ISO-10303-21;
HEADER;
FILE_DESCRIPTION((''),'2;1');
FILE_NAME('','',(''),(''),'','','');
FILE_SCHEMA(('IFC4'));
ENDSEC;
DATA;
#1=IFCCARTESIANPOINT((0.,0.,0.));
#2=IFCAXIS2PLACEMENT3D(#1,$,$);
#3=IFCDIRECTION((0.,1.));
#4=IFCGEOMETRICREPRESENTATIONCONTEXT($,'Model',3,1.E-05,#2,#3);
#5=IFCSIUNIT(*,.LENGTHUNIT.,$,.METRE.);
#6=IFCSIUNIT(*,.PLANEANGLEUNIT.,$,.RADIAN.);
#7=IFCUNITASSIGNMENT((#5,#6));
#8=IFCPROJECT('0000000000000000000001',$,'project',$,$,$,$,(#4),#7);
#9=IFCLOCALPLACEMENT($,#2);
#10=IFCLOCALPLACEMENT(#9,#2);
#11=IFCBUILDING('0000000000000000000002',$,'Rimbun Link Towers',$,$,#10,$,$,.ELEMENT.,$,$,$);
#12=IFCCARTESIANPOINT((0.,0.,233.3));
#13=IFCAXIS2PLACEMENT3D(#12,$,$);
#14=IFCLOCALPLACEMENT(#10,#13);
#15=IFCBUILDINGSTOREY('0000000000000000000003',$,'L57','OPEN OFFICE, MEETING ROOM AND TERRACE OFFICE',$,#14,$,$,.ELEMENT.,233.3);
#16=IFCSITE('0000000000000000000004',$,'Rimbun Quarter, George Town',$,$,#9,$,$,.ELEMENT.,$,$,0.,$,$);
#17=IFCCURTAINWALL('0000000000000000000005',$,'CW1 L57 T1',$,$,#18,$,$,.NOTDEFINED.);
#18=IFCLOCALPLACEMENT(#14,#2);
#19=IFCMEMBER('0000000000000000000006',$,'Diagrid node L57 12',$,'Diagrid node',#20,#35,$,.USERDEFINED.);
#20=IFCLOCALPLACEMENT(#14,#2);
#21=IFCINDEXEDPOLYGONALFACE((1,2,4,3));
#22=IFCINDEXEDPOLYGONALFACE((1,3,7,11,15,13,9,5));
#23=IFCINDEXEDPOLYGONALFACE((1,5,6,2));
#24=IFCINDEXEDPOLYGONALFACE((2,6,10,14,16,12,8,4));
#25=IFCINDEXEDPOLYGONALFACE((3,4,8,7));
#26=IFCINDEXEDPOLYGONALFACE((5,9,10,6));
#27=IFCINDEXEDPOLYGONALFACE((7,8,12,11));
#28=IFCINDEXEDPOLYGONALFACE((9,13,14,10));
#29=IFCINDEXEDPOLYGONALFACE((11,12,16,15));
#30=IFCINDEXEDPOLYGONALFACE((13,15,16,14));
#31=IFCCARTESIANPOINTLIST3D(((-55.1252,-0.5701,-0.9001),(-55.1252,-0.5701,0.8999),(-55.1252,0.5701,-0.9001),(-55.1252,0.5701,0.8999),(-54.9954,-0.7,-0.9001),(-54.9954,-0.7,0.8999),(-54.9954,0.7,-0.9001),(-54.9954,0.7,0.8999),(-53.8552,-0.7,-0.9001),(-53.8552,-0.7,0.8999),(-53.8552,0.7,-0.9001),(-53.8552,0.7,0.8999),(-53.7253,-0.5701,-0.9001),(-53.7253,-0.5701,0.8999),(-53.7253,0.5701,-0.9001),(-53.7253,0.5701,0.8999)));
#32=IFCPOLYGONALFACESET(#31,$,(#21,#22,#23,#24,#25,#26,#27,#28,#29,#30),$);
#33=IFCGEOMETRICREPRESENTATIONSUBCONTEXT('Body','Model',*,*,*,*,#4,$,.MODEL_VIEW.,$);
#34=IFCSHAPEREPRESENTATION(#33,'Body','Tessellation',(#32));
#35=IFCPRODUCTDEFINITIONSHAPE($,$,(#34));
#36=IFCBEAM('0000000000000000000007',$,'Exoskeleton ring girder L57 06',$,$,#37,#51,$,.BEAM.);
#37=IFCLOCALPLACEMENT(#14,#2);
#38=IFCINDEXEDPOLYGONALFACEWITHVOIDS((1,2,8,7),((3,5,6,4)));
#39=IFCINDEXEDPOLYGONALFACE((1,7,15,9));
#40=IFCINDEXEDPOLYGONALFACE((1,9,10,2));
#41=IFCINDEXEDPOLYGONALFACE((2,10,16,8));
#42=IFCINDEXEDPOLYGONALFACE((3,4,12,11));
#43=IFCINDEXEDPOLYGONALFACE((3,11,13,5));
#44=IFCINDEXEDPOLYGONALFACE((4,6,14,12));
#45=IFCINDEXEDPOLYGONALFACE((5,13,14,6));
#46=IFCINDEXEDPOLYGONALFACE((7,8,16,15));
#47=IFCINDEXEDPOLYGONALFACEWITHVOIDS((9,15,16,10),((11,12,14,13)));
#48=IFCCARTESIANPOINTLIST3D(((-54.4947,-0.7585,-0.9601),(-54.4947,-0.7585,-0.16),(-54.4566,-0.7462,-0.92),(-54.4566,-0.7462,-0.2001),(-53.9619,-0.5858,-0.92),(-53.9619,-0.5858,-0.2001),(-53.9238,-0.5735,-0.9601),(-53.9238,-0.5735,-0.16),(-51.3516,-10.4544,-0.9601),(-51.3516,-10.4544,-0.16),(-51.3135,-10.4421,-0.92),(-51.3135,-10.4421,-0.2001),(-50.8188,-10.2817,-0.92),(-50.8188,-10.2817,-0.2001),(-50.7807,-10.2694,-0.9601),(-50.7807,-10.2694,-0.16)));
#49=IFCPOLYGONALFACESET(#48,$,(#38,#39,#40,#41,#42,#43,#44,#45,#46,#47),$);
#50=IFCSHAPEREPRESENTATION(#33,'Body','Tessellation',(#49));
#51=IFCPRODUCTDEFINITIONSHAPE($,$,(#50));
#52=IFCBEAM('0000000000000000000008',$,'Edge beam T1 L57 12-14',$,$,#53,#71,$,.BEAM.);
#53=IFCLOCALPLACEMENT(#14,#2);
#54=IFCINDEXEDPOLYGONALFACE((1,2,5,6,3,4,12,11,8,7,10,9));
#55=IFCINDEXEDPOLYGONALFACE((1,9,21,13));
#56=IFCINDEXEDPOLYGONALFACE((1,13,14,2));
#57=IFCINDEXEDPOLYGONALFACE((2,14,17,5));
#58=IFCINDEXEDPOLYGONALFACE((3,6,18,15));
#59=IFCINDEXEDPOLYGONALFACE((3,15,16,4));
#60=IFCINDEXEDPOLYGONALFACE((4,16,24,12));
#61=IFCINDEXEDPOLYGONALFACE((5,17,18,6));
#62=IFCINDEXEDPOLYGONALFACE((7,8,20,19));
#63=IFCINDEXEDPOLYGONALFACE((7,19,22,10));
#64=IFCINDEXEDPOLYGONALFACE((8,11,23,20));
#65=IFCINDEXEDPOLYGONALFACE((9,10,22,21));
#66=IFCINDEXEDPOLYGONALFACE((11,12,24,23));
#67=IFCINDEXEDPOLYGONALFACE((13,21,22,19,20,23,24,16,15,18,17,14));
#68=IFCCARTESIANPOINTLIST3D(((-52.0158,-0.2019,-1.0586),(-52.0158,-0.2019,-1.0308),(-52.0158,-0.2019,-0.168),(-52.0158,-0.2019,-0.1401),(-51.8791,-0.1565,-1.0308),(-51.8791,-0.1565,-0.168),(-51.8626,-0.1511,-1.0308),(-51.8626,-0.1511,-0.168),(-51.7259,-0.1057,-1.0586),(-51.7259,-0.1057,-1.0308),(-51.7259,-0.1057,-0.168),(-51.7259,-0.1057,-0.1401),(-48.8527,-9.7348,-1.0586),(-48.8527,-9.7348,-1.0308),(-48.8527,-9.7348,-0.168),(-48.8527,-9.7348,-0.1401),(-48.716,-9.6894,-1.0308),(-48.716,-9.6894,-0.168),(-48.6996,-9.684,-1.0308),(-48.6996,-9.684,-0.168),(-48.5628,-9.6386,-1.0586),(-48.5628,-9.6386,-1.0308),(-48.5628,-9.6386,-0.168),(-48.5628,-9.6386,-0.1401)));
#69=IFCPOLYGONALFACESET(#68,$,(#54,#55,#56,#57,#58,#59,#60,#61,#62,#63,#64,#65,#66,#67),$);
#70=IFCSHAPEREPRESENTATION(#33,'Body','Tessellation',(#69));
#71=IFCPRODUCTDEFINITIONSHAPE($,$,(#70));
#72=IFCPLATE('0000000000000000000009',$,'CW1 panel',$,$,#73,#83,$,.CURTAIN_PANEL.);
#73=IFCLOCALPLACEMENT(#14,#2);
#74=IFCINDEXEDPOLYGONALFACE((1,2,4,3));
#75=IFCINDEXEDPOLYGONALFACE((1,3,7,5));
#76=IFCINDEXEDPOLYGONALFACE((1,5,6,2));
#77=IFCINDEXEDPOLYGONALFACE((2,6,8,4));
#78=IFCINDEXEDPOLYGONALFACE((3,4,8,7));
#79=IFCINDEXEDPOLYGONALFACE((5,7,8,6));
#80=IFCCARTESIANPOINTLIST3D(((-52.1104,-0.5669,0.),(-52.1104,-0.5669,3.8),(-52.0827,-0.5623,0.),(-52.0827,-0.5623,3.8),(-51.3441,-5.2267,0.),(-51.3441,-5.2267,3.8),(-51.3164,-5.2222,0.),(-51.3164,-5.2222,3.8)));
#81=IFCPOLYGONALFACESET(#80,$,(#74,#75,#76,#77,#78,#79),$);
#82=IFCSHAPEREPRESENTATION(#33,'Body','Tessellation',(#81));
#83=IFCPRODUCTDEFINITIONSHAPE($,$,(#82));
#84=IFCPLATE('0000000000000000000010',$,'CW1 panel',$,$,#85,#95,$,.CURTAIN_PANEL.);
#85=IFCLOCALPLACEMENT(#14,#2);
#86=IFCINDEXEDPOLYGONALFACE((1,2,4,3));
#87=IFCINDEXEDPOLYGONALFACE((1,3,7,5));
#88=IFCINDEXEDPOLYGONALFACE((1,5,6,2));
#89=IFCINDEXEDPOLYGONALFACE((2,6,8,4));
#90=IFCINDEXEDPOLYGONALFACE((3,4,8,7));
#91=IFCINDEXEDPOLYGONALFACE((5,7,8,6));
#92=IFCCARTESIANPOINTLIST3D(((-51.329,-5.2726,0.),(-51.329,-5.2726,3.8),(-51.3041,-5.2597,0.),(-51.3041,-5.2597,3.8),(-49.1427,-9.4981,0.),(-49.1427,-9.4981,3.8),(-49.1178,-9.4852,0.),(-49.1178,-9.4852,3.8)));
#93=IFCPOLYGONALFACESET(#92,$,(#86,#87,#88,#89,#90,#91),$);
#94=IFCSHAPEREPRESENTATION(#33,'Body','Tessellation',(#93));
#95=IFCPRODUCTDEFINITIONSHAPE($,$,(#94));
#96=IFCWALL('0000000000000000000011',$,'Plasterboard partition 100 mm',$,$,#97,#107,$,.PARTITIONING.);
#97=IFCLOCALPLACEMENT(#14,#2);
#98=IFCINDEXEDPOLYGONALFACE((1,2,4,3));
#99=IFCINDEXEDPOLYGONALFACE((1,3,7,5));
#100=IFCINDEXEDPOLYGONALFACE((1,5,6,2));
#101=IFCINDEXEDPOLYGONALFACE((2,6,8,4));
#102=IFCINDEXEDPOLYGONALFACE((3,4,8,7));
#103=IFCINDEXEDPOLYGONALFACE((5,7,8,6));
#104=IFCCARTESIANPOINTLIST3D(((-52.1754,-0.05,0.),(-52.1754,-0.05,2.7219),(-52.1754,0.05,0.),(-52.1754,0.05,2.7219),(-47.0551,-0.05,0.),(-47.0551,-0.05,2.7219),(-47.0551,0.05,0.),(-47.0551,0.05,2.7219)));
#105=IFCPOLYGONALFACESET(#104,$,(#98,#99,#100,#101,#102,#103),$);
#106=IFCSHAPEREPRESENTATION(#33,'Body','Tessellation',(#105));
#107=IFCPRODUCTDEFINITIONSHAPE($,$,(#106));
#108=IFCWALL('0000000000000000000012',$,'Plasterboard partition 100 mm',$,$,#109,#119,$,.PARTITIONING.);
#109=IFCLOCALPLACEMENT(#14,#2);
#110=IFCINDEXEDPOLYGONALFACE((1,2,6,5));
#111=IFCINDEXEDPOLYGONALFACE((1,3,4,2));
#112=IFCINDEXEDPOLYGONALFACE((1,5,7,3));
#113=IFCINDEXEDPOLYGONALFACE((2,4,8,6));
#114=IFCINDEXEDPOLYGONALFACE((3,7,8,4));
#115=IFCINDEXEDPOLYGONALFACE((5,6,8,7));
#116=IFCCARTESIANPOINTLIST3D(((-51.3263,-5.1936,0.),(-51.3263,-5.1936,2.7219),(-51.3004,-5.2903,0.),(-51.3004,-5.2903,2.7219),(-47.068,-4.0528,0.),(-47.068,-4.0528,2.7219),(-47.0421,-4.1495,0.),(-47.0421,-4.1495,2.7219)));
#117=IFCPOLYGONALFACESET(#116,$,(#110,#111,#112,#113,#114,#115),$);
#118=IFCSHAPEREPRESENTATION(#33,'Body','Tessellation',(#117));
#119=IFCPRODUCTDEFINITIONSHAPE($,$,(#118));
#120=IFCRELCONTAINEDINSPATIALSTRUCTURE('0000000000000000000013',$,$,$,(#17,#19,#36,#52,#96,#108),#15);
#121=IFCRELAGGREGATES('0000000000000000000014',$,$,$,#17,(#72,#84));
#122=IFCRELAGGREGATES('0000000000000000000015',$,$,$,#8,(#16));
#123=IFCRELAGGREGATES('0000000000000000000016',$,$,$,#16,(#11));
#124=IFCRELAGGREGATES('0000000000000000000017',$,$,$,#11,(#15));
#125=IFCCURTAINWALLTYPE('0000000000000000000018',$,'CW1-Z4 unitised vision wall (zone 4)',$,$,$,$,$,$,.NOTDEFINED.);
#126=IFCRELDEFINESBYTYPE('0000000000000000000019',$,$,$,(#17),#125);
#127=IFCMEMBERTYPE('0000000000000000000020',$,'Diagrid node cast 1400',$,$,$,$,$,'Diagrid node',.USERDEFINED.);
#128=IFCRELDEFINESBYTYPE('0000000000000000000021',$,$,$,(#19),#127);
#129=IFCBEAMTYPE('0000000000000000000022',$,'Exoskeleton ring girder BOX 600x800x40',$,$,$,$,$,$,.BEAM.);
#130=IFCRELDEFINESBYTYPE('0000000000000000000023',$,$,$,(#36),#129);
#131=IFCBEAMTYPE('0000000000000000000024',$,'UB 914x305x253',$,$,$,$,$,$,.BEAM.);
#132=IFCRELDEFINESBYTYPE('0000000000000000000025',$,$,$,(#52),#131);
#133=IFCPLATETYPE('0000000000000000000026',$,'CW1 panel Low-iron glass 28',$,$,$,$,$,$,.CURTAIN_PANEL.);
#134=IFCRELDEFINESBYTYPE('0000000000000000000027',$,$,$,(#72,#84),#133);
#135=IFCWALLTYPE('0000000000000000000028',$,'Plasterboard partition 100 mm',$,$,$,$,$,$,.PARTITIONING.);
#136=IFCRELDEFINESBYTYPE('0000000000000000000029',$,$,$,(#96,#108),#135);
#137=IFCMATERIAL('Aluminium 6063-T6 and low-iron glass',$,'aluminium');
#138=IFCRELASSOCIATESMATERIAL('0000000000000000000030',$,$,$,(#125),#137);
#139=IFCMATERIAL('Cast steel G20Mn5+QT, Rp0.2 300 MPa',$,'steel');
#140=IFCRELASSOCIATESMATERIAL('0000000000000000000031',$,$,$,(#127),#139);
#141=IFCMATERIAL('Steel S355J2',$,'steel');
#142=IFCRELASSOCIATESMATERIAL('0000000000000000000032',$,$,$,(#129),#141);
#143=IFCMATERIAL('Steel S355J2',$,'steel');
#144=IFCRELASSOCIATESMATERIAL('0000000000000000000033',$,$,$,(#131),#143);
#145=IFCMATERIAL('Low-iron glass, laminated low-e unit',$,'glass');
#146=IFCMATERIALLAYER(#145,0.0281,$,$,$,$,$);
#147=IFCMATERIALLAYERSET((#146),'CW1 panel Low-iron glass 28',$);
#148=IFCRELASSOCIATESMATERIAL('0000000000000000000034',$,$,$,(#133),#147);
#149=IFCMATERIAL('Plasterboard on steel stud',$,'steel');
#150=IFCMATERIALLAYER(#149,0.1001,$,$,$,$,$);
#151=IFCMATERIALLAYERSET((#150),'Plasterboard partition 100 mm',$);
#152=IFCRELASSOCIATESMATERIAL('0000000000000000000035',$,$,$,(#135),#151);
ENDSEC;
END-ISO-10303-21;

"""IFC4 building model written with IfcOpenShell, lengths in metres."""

from ifc_helpers import new_model, si_unit, direction, frame, frame_2d, origin, origin_2d, place, context, subcontext, project, spatial, polyline, rectangle, hollow_rectangle, i_section, outline, extrude, material, layer, layer_set, material_profile, profile_set, type_object, element, aggregate, save


model = new_model("IFC4")

# Units and contexts
model_context = context("Model", 3, precision=1e-05, world=origin(), true_north=direction((0.0, 1.0)))
body_context = subcontext(model_context, "Body", "Model", "MODEL_VIEW")
ifc_project = project(units=[si_unit("LENGTHUNIT", "METRE"), si_unit("PLANEANGLEUNIT", "RADIAN")], contexts=[model_context])

# Site, building, storey
site_placement = place(None, origin())
site = spatial("IfcSite", under=ifc_project, at=site_placement, Name="Rimbun Quarter, George Town", CompositionType="ELEMENT", RefElevation=0.0)
building_placement = place(site_placement, origin())
building = spatial("IfcBuilding", under=site, at=building_placement, Name="Rimbun Link Towers", CompositionType="ELEMENT")
storey_placement = place(building_placement, frame((0.0, 0.0, 233.3)))
storey = spatial("IfcBuildingStorey", under=building, at=storey_placement, Name="L57", Description="OPEN OFFICE, MEETING ROOM AND TERRACE OFFICE", CompositionType="ELEMENT", Elevation=233.3)

# Curtain wall
ifc_material_1 = material(Name="Aluminium 6063-T6 and low-iron glass", Category="aluminium")
curtain_wall_type = type_object("IfcCurtainWallType", Name="CW1-Z4 unitised vision wall (zone 4)", PredefinedType="NOTDEFINED", material=ifc_material_1)
curtain_wall_placement = place(storey_placement, origin())
curtain_wall = element("IfcCurtainWall", 1, at=curtain_wall_placement, inside=storey, type_object=curtain_wall_type, Name="CW1 L57 T1", PredefinedType="NOTDEFINED")

# Member
ifc_material_2 = material(Name="Cast steel G20Mn5+QT, Rp0.2 300 MPa", Category="steel")
ifc_material_profile_1 = material_profile(ifc_material_2, outline(polyline([(0.7, -0.5701), (0.7, 0.5701), (0.5701, 0.7), (-0.5701, 0.7), (-0.7, 0.5701), (-0.7, -0.5701), (-0.5701, -0.7), (0.5701, -0.7), (0.7, -0.5701)])), Name="NODE 1400x1400")
ifc_profile_set_1 = profile_set([ifc_material_profile_1], Name="Cast steel G20Mn5+QT, Rp0.2 300 MPa")
member_type_1 = type_object("IfcMemberType", Name="Diagrid node cast 1400", ElementType="Diagrid node", PredefinedType="USERDEFINED", material=ifc_profile_set_1)
member_1_placement = place(storey_placement, frame((-54.4253, 0.0, -0.9001), z_axis=(0.0, 0.0, 1.0), x_axis=(-1.0, 0.0, 0.0)))
element("IfcMember", 2, at=member_1_placement, inside=storey, type_object=member_type_1, Name="Diagrid node L57 12", ObjectType="Diagrid node", PredefinedType="USERDEFINED", context=body_context, shape_type="SweptSolid", body=[
    extrude(outline(polyline([(0.7, -0.5701), (0.7, 0.5701), (0.5701, 0.7), (-0.5701, 0.7), (-0.7, 0.5701), (-0.7, -0.5701), (-0.5701, -0.7), (0.5701, -0.7), (0.7, -0.5701)])), origin(), (0.0, 0.0, 1.0), 1.8),
])

# Beams
ifc_material_3 = material(Name="Steel S355J2", Category="steel")
ifc_material_profile_2 = material_profile(ifc_material_3, hollow_rectangle(XDim=0.6001, YDim=0.8, WallThickness=0.04, at=origin_2d()), Name="Exoskeleton ring girder BOX 600x800x40")
ifc_profile_set_2 = profile_set([ifc_material_profile_2], Name="Steel S355J2")
beam_type_1 = type_object("IfcBeamType", Name="Exoskeleton ring girder BOX 600x800x40", PredefinedType="BEAM", material=ifc_profile_set_2)
beam_1_placement = place(storey_placement, frame((-54.2092, -0.666, -0.5601), z_axis=(0.30837, -0.951267, 0.0), x_axis=(0.951267, 0.30837, 0.0)))
element("IfcBeam", 3, at=beam_1_placement, inside=storey, type_object=beam_type_1, Name="Exoskeleton ring girder L57 06", PredefinedType="BEAM", context=body_context, shape_type="SweptSolid", body=[
    extrude(hollow_rectangle(XDim=0.6001, YDim=0.8, WallThickness=0.04, at=origin_2d()), origin(), (0.0, 0.0, 1.0), 10.1926),
])
ifc_material_4 = material(Name="Steel S355J2", Category="steel")
ifc_material_profile_3 = material_profile(ifc_material_4, i_section(OverallWidth=0.3054, OverallDepth=0.9185, WebThickness=0.0173, FlangeThickness=0.0278, at=origin_2d()), Name="UB 914x305x253")
ifc_profile_set_3 = profile_set([ifc_material_profile_3], Name="Steel S355J2")
beam_type_2 = type_object("IfcBeamType", Name="UB 914x305x253", PredefinedType="BEAM", material=ifc_profile_set_3)
beam_2_placement = place(storey_placement, frame((-51.8708, -0.1538, -0.5994), z_axis=(0.314922, -0.949117, 0.0), x_axis=(0.949117, 0.314922, 0.0)))
element("IfcBeam", 4, at=beam_2_placement, inside=storey, type_object=beam_type_2, Name="Edge beam T1 L57 12-14", PredefinedType="BEAM", context=body_context, shape_type="SweptSolid", body=[
    extrude(i_section(OverallWidth=0.3054, OverallDepth=0.9185, WebThickness=0.0173, FlangeThickness=0.0278, at=origin_2d()), origin(), (0.0, 0.0, 1.0), 10.0439),
])

# Plates
ifc_material_5 = material(Name="Low-iron glass, laminated low-e unit", Category="glass")
ifc_layer_1 = layer(ifc_material_5, 0.0281)
ifc_layer_set_1 = layer_set([ifc_layer_1], Name="CW1 panel Low-iron glass 28")
plate_type = type_object("IfcPlateType", Name="CW1 panel Low-iron glass 28", PredefinedType="CURTAIN_PANEL", material=ifc_layer_set_1)
plate_1_placement = place(storey_placement, frame((-51.7134, -2.8945, 0.0), z_axis=(0.0, 0.0, 1.0), x_axis=(-0.162262, 0.986748, 0.0)))
plate_1 = element("IfcPlate", 5, at=plate_1_placement, type_object=plate_type, Name="CW1 panel", PredefinedType="CURTAIN_PANEL", context=body_context, shape_type="SweptSolid", body=[
    extrude(rectangle(XDim=4.7224, YDim=0.0281, at=origin_2d()), origin(), (0.0, 0.0, 1.0), 3.8),
])
plate_2_placement = place(storey_placement, frame((-50.2234, -7.3789, 0.0), z_axis=(0.0, 0.0, 1.0), x_axis=(-0.45955, 0.888152, 0.0)))
plate_2 = element("IfcPlate", 6, at=plate_2_placement, type_object=plate_type, Name="CW1 panel", PredefinedType="CURTAIN_PANEL", context=body_context, shape_type="SweptSolid", body=[
    extrude(rectangle(XDim=4.7576, YDim=0.0281, at=origin_2d()), origin(), (0.0, 0.0, 1.0), 3.8),
])
aggregate(curtain_wall, [plate_1, plate_2])

# Walls
ifc_material_6 = material(Name="Plasterboard on steel stud", Category="steel")
ifc_layer_2 = layer(ifc_material_6, 0.1001)
ifc_layer_set_2 = layer_set([ifc_layer_2], Name="Plasterboard partition 100 mm")
wall_type = type_object("IfcWallType", Name="Plasterboard partition 100 mm", PredefinedType="PARTITIONING", material=ifc_layer_set_2)
wall_1_placement = place(storey_placement, frame((-52.1753, 0.0, 0.0), z_axis=(0.0, 0.0, 1.0), x_axis=(1.0, 0.0, 0.0)))
element("IfcWall", 7, at=wall_1_placement, inside=storey, type_object=wall_type, Name="Plasterboard partition 100 mm", PredefinedType="PARTITIONING", context=body_context, shape_type="SweptSolid", body=[
    extrude(rectangle(XDim=5.1204, YDim=0.1001, at=frame_2d((2.5601, 0.0))), origin(), (0.0, 0.0, 1.0), 2.7219),
])
wall_2_placement = place(storey_placement, frame((-51.3132, -5.2419, 0.0), z_axis=(0.0, 0.0, 1.0), x_axis=(0.965934, 0.25879, 0.0)))
element("IfcWall", 8, at=wall_2_placement, inside=storey, type_object=wall_type, Name="Plasterboard partition 100 mm", PredefinedType="PARTITIONING", context=body_context, shape_type="SweptSolid", body=[
    extrude(rectangle(XDim=4.4084, YDim=0.1001, at=frame_2d((2.2041, 0.0))), origin(), (0.0, 0.0, 1.0), 2.7219),
])

save(model, "model.ifc")
